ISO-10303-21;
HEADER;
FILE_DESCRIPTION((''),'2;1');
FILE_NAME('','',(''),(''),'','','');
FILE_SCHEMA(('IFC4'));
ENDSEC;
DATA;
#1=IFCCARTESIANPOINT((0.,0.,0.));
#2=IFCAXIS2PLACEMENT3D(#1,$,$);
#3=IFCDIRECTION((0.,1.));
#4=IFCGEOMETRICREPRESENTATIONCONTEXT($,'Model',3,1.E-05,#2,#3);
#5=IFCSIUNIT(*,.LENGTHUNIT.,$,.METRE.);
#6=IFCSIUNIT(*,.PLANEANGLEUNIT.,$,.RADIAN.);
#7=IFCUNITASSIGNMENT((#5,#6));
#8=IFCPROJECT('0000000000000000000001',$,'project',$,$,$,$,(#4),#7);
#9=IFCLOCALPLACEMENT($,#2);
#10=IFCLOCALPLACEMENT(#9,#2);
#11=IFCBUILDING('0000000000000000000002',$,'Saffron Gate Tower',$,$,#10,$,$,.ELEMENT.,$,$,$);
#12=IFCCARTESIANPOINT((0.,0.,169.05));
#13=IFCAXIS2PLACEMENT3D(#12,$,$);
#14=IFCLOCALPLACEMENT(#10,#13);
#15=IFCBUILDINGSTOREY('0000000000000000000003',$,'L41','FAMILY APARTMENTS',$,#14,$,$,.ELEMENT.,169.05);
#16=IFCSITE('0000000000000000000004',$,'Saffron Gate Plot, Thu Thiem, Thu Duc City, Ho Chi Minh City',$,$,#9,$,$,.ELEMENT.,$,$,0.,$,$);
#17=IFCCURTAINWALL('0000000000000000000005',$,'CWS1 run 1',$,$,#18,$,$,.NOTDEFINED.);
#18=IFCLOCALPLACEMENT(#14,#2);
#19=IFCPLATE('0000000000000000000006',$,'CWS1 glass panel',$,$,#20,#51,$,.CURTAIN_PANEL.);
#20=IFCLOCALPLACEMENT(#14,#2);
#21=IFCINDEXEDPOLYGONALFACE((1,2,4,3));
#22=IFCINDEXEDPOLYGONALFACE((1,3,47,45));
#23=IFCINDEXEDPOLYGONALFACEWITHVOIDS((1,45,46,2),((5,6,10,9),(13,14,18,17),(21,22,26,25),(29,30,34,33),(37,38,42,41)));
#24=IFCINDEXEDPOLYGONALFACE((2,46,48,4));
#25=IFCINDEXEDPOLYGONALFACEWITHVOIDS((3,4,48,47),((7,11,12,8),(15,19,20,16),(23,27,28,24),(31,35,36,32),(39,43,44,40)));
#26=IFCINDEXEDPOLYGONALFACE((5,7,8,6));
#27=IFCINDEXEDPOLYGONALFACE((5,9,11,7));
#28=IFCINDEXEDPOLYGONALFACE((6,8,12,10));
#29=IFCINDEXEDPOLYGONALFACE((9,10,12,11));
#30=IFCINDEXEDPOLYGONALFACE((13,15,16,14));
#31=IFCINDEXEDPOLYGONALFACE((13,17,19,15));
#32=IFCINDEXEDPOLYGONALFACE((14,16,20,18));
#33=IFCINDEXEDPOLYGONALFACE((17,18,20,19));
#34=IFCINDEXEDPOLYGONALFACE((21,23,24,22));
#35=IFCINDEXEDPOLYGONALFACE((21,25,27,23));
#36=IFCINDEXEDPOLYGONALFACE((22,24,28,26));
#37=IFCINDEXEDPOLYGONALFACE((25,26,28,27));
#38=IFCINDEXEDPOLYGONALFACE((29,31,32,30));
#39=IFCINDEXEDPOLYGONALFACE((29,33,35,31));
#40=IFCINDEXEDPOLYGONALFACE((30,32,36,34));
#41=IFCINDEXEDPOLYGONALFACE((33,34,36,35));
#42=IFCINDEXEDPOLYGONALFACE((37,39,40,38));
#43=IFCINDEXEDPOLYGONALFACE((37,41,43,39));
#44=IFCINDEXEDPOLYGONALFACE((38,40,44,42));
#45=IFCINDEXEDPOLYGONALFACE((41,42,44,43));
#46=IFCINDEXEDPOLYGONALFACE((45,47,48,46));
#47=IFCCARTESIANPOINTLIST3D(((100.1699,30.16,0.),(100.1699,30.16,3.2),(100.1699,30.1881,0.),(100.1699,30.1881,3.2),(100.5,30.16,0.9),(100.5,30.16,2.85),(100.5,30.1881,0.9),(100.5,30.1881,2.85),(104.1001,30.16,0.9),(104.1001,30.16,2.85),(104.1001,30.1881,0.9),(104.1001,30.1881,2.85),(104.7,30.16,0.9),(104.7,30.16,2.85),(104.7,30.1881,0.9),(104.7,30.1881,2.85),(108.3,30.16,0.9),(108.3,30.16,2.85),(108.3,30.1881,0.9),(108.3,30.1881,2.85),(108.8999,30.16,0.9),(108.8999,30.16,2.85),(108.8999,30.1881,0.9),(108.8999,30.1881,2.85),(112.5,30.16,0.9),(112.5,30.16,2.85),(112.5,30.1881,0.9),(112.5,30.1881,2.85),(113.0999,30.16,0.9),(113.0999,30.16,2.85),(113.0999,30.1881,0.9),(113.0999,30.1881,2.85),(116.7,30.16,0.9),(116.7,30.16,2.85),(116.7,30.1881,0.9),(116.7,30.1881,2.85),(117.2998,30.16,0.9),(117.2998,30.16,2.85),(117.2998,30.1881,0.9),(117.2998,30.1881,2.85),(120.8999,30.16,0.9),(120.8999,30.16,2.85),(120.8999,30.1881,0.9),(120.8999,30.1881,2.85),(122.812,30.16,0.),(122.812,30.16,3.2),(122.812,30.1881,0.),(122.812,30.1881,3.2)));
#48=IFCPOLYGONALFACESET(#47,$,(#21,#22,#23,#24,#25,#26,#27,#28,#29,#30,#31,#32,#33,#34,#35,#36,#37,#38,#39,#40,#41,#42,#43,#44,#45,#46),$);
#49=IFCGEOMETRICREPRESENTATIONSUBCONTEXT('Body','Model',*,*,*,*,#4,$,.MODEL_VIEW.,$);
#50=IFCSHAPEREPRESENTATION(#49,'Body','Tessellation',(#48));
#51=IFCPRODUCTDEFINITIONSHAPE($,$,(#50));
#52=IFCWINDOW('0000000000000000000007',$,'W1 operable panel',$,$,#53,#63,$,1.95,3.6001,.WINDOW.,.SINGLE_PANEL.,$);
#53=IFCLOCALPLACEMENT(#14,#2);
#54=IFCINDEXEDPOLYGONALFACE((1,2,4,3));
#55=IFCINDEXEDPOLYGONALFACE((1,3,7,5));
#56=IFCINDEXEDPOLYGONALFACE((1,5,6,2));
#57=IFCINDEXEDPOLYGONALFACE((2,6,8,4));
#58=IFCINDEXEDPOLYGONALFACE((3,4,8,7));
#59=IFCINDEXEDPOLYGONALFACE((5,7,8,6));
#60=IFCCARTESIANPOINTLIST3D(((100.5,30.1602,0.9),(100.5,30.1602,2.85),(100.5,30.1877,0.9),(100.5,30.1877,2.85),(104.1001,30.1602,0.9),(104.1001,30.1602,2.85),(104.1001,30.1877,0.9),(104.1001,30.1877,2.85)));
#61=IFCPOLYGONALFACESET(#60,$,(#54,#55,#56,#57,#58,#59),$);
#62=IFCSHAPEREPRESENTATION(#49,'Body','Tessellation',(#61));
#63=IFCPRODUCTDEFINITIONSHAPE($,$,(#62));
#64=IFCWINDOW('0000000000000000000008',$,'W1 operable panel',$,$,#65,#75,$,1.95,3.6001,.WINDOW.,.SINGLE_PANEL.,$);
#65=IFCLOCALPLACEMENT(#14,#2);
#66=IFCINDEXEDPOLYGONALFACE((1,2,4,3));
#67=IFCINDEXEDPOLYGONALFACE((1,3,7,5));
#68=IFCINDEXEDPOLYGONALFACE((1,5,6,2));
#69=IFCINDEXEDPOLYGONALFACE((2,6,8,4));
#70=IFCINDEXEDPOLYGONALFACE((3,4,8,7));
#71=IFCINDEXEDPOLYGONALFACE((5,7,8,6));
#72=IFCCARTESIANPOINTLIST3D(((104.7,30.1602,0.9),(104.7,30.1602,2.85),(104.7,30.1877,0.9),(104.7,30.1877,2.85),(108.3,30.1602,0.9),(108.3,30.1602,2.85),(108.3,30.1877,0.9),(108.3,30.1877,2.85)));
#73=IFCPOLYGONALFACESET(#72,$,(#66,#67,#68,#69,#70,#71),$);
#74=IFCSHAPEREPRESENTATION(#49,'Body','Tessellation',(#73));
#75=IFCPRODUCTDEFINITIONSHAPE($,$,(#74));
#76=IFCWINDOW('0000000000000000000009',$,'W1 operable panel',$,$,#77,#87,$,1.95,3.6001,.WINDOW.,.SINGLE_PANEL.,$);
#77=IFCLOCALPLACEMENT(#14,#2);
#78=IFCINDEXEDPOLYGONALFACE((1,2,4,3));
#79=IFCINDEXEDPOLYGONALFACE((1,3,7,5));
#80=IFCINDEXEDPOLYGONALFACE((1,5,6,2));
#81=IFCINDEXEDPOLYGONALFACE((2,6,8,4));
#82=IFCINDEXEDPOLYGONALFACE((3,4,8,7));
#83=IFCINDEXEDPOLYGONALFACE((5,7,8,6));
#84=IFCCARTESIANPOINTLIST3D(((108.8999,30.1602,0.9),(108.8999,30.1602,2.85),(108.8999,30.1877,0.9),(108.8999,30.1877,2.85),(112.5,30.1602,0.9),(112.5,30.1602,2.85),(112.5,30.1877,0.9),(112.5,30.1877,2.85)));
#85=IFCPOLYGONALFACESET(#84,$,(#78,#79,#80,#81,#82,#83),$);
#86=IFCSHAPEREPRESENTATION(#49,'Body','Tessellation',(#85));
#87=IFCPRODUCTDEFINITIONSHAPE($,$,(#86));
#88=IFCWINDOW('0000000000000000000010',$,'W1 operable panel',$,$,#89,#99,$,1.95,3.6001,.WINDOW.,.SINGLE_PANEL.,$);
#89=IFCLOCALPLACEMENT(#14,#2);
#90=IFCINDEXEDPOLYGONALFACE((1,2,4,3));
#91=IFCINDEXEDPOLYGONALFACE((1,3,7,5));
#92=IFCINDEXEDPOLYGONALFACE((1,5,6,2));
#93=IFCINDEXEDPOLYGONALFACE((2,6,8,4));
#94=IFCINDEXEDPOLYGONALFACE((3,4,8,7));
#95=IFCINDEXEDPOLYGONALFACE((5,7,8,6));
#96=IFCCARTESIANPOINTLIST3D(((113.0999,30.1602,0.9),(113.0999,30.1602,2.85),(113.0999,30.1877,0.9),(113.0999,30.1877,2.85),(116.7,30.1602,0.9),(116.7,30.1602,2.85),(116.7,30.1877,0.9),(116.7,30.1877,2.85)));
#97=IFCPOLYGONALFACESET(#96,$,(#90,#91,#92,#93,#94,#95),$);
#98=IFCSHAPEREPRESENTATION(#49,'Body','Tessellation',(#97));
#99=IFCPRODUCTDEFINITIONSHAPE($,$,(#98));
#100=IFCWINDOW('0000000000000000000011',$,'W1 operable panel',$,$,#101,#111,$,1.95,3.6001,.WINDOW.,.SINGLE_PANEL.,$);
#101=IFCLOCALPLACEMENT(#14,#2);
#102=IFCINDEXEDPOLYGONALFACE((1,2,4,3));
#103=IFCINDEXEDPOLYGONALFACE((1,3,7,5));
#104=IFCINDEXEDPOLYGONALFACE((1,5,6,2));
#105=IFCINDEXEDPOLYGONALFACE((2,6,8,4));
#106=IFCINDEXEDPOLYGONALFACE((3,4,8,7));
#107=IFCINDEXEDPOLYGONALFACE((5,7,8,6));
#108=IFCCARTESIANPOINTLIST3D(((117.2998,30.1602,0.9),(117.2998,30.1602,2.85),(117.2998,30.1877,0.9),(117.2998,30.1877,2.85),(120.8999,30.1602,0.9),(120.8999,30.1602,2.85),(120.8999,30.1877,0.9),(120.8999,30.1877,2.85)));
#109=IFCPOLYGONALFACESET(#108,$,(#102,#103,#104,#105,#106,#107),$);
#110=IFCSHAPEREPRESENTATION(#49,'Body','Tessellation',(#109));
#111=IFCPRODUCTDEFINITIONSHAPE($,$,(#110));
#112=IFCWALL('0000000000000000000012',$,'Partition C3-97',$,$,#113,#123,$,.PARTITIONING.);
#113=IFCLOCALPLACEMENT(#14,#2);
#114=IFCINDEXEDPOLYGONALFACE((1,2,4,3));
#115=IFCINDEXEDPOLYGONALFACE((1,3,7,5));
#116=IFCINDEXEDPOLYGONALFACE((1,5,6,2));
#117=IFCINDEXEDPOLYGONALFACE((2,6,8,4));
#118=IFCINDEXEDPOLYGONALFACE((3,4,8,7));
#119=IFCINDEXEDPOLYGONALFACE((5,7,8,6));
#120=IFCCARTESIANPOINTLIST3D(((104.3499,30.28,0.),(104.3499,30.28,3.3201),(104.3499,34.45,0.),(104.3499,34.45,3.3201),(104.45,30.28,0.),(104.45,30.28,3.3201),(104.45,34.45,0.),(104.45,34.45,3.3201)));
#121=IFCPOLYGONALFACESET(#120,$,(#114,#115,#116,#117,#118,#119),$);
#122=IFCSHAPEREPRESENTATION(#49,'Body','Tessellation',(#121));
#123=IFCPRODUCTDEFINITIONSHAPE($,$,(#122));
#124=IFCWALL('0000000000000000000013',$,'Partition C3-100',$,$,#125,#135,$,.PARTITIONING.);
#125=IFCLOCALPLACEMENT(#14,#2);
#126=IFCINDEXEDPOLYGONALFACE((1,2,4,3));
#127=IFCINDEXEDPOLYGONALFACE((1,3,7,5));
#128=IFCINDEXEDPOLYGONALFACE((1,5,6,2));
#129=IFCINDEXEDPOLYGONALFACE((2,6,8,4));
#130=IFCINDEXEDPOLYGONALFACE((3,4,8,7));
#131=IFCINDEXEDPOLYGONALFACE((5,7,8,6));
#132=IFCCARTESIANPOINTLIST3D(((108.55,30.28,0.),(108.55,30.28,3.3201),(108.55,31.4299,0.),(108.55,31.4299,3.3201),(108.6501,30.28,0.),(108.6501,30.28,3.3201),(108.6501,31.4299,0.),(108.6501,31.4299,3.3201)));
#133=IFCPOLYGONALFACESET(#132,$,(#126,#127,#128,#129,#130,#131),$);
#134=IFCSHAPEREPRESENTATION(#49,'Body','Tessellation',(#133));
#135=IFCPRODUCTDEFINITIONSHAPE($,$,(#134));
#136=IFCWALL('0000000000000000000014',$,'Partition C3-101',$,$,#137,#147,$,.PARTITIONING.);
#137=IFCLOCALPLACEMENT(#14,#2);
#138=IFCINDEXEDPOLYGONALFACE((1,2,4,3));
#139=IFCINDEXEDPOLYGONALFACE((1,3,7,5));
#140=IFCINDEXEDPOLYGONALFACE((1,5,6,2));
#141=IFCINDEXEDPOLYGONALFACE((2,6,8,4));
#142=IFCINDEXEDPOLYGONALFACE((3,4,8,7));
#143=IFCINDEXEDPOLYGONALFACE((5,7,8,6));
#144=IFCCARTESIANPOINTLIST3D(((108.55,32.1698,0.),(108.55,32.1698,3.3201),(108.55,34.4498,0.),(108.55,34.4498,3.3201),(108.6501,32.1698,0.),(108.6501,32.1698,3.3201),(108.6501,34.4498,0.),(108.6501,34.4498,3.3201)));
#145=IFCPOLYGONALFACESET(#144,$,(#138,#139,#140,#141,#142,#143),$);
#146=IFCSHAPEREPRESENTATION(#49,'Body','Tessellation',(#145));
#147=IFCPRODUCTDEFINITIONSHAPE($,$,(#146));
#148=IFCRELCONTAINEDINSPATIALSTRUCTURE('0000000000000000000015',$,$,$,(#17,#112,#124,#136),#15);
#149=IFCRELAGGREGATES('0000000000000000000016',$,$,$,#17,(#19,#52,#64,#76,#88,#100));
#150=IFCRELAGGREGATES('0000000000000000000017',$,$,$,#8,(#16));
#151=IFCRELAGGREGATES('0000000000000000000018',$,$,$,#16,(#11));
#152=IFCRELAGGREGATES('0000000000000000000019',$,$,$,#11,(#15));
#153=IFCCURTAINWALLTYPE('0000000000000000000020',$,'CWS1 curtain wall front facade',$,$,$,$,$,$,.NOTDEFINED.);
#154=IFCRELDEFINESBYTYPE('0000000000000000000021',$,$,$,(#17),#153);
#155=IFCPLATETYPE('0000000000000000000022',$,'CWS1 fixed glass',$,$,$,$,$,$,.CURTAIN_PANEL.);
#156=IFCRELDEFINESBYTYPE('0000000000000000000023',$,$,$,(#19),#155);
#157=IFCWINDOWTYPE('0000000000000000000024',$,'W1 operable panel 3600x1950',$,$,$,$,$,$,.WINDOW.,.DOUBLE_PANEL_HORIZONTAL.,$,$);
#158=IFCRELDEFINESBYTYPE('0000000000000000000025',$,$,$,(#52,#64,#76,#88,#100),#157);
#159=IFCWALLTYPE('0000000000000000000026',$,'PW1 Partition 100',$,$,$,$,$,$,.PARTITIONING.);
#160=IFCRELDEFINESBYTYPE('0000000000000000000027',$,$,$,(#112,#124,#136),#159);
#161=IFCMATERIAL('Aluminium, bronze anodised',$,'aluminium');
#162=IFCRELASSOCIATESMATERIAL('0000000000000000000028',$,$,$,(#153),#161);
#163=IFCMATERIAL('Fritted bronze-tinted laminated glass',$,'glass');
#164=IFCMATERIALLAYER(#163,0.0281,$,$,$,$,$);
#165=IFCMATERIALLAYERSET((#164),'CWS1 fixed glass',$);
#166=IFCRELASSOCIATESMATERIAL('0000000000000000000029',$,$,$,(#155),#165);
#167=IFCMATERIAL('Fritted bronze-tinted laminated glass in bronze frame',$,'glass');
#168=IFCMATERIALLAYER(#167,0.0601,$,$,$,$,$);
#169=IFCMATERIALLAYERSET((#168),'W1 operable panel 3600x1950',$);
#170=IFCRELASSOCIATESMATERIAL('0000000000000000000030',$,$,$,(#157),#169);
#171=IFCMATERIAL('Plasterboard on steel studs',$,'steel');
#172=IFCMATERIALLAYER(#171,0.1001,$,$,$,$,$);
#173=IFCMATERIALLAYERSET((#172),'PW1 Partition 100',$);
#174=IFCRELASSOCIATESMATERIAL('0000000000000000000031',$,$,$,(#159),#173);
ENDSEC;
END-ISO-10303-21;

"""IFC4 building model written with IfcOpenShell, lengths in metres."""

from ifc_helpers import new_model, si_unit, direction, frame, frame_2d, origin, place, context, subcontext, project, spatial, rectangle, extrude, material, layer, layer_set, type_object, element, fill, aggregate, save


model = new_model("IFC4")

# Units and contexts
model_context = context("Model", 3, precision=1e-05, world=origin(), true_north=direction((0.0, 1.0)))
body_context = subcontext(model_context, "Body", "Model", "MODEL_VIEW")
ifc_project = project(units=[si_unit("LENGTHUNIT", "METRE"), si_unit("PLANEANGLEUNIT", "RADIAN")], contexts=[model_context])

# Site, building, storey
site_placement = place(None, origin())
site = spatial("IfcSite", under=ifc_project, at=site_placement, Name="Saffron Gate Plot, Thu Thiem, Thu Duc City, Ho Chi Minh City", CompositionType="ELEMENT", RefElevation=0.0)
building_placement = place(site_placement, origin())
building = spatial("IfcBuilding", under=site, at=building_placement, Name="Saffron Gate Tower", CompositionType="ELEMENT")
storey_placement = place(building_placement, frame((0.0, 0.0, 169.05)))
storey = spatial("IfcBuildingStorey", under=building, at=storey_placement, Name="L41", Description="FAMILY APARTMENTS", CompositionType="ELEMENT", Elevation=169.05)

# Curtain wall, plate, openings, windows
ifc_material_1 = material(Name="Aluminium, bronze anodised", Category="aluminium")
curtain_wall_type = type_object("IfcCurtainWallType", Name="CWS1 curtain wall front facade", PredefinedType="NOTDEFINED", material=ifc_material_1)
curtain_wall_placement = place(storey_placement, origin())
curtain_wall = element("IfcCurtainWall", 1, at=curtain_wall_placement, inside=storey, type_object=curtain_wall_type, Name="CWS1 run 1", PredefinedType="NOTDEFINED")
ifc_material_2 = material(Name="Fritted bronze-tinted laminated glass", Category="glass")
ifc_layer_1 = layer(ifc_material_2, 0.0281)
ifc_layer_set_1 = layer_set([ifc_layer_1], Name="CWS1 fixed glass")
plate_type = type_object("IfcPlateType", Name="CWS1 fixed glass", PredefinedType="CURTAIN_PANEL", material=ifc_layer_set_1)
plate_placement = place(storey_placement, frame((100.1699, 30.1741, 0.0), z_axis=(0.0, 0.0, 1.0), x_axis=(1.0, 0.0, 0.0)))
plate = element("IfcPlate", 2, at=plate_placement, type_object=plate_type, Name="CWS1 glass panel", PredefinedType="CURTAIN_PANEL", context=body_context, shape_type="SweptSolid", body=[
    extrude(rectangle(XDim=22.6421, YDim=0.0281, at=frame_2d((11.321, 0.0))), origin(), (0.0, 0.0, 1.0), 3.2),
])
opening_1_placement = place(plate_placement, frame((0.3301, 0.0, 0.8999)))
opening_1 = element("IfcOpeningElement", 3, at=opening_1_placement, cuts=plate, PredefinedType="OPENING", context=body_context, shape_type="SweptSolid", body=[
    extrude(rectangle(XDim=3.6001, YDim=1.95, at=frame_2d((1.8, 0.9751))), frame((0.0, 0.0239, 0.0), z_axis=(0.0, -1.0, 0.0), x_axis=(1.0, 0.0, 0.0)), (0.0, 0.0, 1.0), 0.0481),
])
opening_2_placement = place(plate_placement, frame((4.53, 0.0, 0.8999)))
opening_2 = element("IfcOpeningElement", 4, at=opening_2_placement, cuts=plate, PredefinedType="OPENING", context=body_context, shape_type="SweptSolid", body=[
    extrude(rectangle(XDim=3.6001, YDim=1.95, at=frame_2d((1.8, 0.9751))), frame((0.0, 0.0239, 0.0), z_axis=(0.0, -1.0, 0.0), x_axis=(1.0, 0.0, 0.0)), (0.0, 0.0, 1.0), 0.0481),
])
opening_3_placement = place(plate_placement, frame((8.73, 0.0, 0.8999)))
opening_3 = element("IfcOpeningElement", 5, at=opening_3_placement, cuts=plate, PredefinedType="OPENING", context=body_context, shape_type="SweptSolid", body=[
    extrude(rectangle(XDim=3.6001, YDim=1.95, at=frame_2d((1.8, 0.9751))), frame((0.0, 0.0239, 0.0), z_axis=(0.0, -1.0, 0.0), x_axis=(1.0, 0.0, 0.0)), (0.0, 0.0, 1.0), 0.0481),
])
opening_4_placement = place(plate_placement, frame((12.9299, 0.0, 0.8999)))
opening_4 = element("IfcOpeningElement", 6, at=opening_4_placement, cuts=plate, PredefinedType="OPENING", context=body_context, shape_type="SweptSolid", body=[
    extrude(rectangle(XDim=3.6001, YDim=1.95, at=frame_2d((1.8, 0.9751))), frame((0.0, 0.0239, 0.0), z_axis=(0.0, -1.0, 0.0), x_axis=(1.0, 0.0, 0.0)), (0.0, 0.0, 1.0), 0.0481),
])
opening_5_placement = place(plate_placement, frame((17.1299, 0.0, 0.8999)))
opening_5 = element("IfcOpeningElement", 7, at=opening_5_placement, cuts=plate, PredefinedType="OPENING", context=body_context, shape_type="SweptSolid", body=[
    extrude(rectangle(XDim=3.6001, YDim=1.95, at=frame_2d((1.8, 0.9751))), frame((0.0, 0.0239, 0.0), z_axis=(0.0, -1.0, 0.0), x_axis=(1.0, 0.0, 0.0)), (0.0, 0.0, 1.0), 0.0481),
])
ifc_material_3 = material(Name="Fritted bronze-tinted laminated glass in bronze frame", Category="glass")
ifc_layer_2 = layer(ifc_material_3, 0.0601)
ifc_layer_set_2 = layer_set([ifc_layer_2], Name="W1 operable panel 3600x1950")
window_type = type_object("IfcWindowType", Name="W1 operable panel 3600x1950", PartitioningType="DOUBLE_PANEL_HORIZONTAL", PredefinedType="WINDOW", material=ifc_layer_set_2)
window_1_placement = place(opening_1_placement, origin())
window_1 = element("IfcWindow", 8, at=window_1_placement, type_object=window_type, Name="W1 operable panel", OverallHeight=1.95, OverallWidth=3.6001, PartitioningType="SINGLE_PANEL", PredefinedType="WINDOW", context=body_context, shape_type="SweptSolid", body=[
    extrude(rectangle(XDim=3.6001, YDim=1.95, at=frame_2d((1.8, 0.9751))), frame((0.0, 0.0137, 0.0), z_axis=(0.0, -1.0, 0.0), x_axis=(1.0, 0.0, 0.0)), (0.0, 0.0, 1.0), 0.0276),
])
fill(opening_1, window_1)
window_2_placement = place(opening_2_placement, origin())
window_2 = element("IfcWindow", 9, at=window_2_placement, type_object=window_type, Name="W1 operable panel", OverallHeight=1.95, OverallWidth=3.6001, PartitioningType="SINGLE_PANEL", PredefinedType="WINDOW", context=body_context, shape_type="SweptSolid", body=[
    extrude(rectangle(XDim=3.6001, YDim=1.95, at=frame_2d((1.8, 0.9751))), frame((0.0, 0.0137, 0.0), z_axis=(0.0, -1.0, 0.0), x_axis=(1.0, 0.0, 0.0)), (0.0, 0.0, 1.0), 0.0276),
])
fill(opening_2, window_2)
window_3_placement = place(opening_3_placement, origin())
window_3 = element("IfcWindow", 10, at=window_3_placement, type_object=window_type, Name="W1 operable panel", OverallHeight=1.95, OverallWidth=3.6001, PartitioningType="SINGLE_PANEL", PredefinedType="WINDOW", context=body_context, shape_type="SweptSolid", body=[
    extrude(rectangle(XDim=3.6001, YDim=1.95, at=frame_2d((1.8, 0.9751))), frame((0.0, 0.0137, 0.0), z_axis=(0.0, -1.0, 0.0), x_axis=(1.0, 0.0, 0.0)), (0.0, 0.0, 1.0), 0.0276),
])
fill(opening_3, window_3)
window_4_placement = place(opening_4_placement, origin())
window_4 = element("IfcWindow", 11, at=window_4_placement, type_object=window_type, Name="W1 operable panel", OverallHeight=1.95, OverallWidth=3.6001, PartitioningType="SINGLE_PANEL", PredefinedType="WINDOW", context=body_context, shape_type="SweptSolid", body=[
    extrude(rectangle(XDim=3.6001, YDim=1.95, at=frame_2d((1.8, 0.9751))), frame((0.0, 0.0137, 0.0), z_axis=(0.0, -1.0, 0.0), x_axis=(1.0, 0.0, 0.0)), (0.0, 0.0, 1.0), 0.0276),
])
fill(opening_4, window_4)
window_5_placement = place(opening_5_placement, origin())
window_5 = element("IfcWindow", 12, at=window_5_placement, type_object=window_type, Name="W1 operable panel", OverallHeight=1.95, OverallWidth=3.6001, PartitioningType="SINGLE_PANEL", PredefinedType="WINDOW", context=body_context, shape_type="SweptSolid", body=[
    extrude(rectangle(XDim=3.6001, YDim=1.95, at=frame_2d((1.8, 0.9751))), frame((0.0, 0.0137, 0.0), z_axis=(0.0, -1.0, 0.0), x_axis=(1.0, 0.0, 0.0)), (0.0, 0.0, 1.0), 0.0276),
])
fill(opening_5, window_5)
aggregate(curtain_wall, [plate, window_1, window_2, window_3, window_4, window_5])

# Walls
ifc_material_4 = material(Name="Plasterboard on steel studs", Category="steel")
ifc_layer_3 = layer(ifc_material_4, 0.1001)
ifc_layer_set_3 = layer_set([ifc_layer_3], Name="PW1 Partition 100")
wall_type_1 = type_object("IfcWallType", Name="PW1 Partition 100", PredefinedType="PARTITIONING", material=ifc_layer_set_3)
wall_1_placement = place(storey_placement, frame((104.3999, 34.45, 0.0), z_axis=(0.0, 0.0, 1.0), x_axis=(0.0, -1.0, 0.0)))
element("IfcWall", 13, at=wall_1_placement, inside=storey, type_object=wall_type_1, Name="Partition C3-97", PredefinedType="PARTITIONING", context=body_context, shape_type="SweptSolid", body=[
    extrude(rectangle(XDim=4.1699, YDim=0.1001, at=frame_2d((2.085, 0.0))), origin(), (0.0, 0.0, 1.0), 3.3201),
])
wall_2_placement = place(storey_placement, frame((108.6001, 31.4299, 0.0), z_axis=(0.0, 0.0, 1.0), x_axis=(0.0, -1.0, 0.0)))
element("IfcWall", 14, at=wall_2_placement, inside=storey, type_object=wall_type_1, Name="Partition C3-100", PredefinedType="PARTITIONING", context=body_context, shape_type="SweptSolid", body=[
    extrude(rectangle(XDim=1.1499, YDim=0.1001, at=frame_2d((0.575, 0.0))), origin(), (0.0, 0.0, 1.0), 3.3201),
])
wall_3_placement = place(storey_placement, frame((108.6001, 34.45, 0.0), z_axis=(0.0, 0.0, 1.0), x_axis=(0.0, -1.0, 0.0)))
element("IfcWall", 15, at=wall_3_placement, inside=storey, type_object=wall_type_1, Name="Partition C3-101", PredefinedType="PARTITIONING", context=body_context, shape_type="SweptSolid", body=[
    extrude(rectangle(XDim=2.28, YDim=0.1001, at=frame_2d((1.1401, 0.0))), origin(), (0.0, 0.0, 1.0), 3.3201),
])

save(model, "model.ifc")
